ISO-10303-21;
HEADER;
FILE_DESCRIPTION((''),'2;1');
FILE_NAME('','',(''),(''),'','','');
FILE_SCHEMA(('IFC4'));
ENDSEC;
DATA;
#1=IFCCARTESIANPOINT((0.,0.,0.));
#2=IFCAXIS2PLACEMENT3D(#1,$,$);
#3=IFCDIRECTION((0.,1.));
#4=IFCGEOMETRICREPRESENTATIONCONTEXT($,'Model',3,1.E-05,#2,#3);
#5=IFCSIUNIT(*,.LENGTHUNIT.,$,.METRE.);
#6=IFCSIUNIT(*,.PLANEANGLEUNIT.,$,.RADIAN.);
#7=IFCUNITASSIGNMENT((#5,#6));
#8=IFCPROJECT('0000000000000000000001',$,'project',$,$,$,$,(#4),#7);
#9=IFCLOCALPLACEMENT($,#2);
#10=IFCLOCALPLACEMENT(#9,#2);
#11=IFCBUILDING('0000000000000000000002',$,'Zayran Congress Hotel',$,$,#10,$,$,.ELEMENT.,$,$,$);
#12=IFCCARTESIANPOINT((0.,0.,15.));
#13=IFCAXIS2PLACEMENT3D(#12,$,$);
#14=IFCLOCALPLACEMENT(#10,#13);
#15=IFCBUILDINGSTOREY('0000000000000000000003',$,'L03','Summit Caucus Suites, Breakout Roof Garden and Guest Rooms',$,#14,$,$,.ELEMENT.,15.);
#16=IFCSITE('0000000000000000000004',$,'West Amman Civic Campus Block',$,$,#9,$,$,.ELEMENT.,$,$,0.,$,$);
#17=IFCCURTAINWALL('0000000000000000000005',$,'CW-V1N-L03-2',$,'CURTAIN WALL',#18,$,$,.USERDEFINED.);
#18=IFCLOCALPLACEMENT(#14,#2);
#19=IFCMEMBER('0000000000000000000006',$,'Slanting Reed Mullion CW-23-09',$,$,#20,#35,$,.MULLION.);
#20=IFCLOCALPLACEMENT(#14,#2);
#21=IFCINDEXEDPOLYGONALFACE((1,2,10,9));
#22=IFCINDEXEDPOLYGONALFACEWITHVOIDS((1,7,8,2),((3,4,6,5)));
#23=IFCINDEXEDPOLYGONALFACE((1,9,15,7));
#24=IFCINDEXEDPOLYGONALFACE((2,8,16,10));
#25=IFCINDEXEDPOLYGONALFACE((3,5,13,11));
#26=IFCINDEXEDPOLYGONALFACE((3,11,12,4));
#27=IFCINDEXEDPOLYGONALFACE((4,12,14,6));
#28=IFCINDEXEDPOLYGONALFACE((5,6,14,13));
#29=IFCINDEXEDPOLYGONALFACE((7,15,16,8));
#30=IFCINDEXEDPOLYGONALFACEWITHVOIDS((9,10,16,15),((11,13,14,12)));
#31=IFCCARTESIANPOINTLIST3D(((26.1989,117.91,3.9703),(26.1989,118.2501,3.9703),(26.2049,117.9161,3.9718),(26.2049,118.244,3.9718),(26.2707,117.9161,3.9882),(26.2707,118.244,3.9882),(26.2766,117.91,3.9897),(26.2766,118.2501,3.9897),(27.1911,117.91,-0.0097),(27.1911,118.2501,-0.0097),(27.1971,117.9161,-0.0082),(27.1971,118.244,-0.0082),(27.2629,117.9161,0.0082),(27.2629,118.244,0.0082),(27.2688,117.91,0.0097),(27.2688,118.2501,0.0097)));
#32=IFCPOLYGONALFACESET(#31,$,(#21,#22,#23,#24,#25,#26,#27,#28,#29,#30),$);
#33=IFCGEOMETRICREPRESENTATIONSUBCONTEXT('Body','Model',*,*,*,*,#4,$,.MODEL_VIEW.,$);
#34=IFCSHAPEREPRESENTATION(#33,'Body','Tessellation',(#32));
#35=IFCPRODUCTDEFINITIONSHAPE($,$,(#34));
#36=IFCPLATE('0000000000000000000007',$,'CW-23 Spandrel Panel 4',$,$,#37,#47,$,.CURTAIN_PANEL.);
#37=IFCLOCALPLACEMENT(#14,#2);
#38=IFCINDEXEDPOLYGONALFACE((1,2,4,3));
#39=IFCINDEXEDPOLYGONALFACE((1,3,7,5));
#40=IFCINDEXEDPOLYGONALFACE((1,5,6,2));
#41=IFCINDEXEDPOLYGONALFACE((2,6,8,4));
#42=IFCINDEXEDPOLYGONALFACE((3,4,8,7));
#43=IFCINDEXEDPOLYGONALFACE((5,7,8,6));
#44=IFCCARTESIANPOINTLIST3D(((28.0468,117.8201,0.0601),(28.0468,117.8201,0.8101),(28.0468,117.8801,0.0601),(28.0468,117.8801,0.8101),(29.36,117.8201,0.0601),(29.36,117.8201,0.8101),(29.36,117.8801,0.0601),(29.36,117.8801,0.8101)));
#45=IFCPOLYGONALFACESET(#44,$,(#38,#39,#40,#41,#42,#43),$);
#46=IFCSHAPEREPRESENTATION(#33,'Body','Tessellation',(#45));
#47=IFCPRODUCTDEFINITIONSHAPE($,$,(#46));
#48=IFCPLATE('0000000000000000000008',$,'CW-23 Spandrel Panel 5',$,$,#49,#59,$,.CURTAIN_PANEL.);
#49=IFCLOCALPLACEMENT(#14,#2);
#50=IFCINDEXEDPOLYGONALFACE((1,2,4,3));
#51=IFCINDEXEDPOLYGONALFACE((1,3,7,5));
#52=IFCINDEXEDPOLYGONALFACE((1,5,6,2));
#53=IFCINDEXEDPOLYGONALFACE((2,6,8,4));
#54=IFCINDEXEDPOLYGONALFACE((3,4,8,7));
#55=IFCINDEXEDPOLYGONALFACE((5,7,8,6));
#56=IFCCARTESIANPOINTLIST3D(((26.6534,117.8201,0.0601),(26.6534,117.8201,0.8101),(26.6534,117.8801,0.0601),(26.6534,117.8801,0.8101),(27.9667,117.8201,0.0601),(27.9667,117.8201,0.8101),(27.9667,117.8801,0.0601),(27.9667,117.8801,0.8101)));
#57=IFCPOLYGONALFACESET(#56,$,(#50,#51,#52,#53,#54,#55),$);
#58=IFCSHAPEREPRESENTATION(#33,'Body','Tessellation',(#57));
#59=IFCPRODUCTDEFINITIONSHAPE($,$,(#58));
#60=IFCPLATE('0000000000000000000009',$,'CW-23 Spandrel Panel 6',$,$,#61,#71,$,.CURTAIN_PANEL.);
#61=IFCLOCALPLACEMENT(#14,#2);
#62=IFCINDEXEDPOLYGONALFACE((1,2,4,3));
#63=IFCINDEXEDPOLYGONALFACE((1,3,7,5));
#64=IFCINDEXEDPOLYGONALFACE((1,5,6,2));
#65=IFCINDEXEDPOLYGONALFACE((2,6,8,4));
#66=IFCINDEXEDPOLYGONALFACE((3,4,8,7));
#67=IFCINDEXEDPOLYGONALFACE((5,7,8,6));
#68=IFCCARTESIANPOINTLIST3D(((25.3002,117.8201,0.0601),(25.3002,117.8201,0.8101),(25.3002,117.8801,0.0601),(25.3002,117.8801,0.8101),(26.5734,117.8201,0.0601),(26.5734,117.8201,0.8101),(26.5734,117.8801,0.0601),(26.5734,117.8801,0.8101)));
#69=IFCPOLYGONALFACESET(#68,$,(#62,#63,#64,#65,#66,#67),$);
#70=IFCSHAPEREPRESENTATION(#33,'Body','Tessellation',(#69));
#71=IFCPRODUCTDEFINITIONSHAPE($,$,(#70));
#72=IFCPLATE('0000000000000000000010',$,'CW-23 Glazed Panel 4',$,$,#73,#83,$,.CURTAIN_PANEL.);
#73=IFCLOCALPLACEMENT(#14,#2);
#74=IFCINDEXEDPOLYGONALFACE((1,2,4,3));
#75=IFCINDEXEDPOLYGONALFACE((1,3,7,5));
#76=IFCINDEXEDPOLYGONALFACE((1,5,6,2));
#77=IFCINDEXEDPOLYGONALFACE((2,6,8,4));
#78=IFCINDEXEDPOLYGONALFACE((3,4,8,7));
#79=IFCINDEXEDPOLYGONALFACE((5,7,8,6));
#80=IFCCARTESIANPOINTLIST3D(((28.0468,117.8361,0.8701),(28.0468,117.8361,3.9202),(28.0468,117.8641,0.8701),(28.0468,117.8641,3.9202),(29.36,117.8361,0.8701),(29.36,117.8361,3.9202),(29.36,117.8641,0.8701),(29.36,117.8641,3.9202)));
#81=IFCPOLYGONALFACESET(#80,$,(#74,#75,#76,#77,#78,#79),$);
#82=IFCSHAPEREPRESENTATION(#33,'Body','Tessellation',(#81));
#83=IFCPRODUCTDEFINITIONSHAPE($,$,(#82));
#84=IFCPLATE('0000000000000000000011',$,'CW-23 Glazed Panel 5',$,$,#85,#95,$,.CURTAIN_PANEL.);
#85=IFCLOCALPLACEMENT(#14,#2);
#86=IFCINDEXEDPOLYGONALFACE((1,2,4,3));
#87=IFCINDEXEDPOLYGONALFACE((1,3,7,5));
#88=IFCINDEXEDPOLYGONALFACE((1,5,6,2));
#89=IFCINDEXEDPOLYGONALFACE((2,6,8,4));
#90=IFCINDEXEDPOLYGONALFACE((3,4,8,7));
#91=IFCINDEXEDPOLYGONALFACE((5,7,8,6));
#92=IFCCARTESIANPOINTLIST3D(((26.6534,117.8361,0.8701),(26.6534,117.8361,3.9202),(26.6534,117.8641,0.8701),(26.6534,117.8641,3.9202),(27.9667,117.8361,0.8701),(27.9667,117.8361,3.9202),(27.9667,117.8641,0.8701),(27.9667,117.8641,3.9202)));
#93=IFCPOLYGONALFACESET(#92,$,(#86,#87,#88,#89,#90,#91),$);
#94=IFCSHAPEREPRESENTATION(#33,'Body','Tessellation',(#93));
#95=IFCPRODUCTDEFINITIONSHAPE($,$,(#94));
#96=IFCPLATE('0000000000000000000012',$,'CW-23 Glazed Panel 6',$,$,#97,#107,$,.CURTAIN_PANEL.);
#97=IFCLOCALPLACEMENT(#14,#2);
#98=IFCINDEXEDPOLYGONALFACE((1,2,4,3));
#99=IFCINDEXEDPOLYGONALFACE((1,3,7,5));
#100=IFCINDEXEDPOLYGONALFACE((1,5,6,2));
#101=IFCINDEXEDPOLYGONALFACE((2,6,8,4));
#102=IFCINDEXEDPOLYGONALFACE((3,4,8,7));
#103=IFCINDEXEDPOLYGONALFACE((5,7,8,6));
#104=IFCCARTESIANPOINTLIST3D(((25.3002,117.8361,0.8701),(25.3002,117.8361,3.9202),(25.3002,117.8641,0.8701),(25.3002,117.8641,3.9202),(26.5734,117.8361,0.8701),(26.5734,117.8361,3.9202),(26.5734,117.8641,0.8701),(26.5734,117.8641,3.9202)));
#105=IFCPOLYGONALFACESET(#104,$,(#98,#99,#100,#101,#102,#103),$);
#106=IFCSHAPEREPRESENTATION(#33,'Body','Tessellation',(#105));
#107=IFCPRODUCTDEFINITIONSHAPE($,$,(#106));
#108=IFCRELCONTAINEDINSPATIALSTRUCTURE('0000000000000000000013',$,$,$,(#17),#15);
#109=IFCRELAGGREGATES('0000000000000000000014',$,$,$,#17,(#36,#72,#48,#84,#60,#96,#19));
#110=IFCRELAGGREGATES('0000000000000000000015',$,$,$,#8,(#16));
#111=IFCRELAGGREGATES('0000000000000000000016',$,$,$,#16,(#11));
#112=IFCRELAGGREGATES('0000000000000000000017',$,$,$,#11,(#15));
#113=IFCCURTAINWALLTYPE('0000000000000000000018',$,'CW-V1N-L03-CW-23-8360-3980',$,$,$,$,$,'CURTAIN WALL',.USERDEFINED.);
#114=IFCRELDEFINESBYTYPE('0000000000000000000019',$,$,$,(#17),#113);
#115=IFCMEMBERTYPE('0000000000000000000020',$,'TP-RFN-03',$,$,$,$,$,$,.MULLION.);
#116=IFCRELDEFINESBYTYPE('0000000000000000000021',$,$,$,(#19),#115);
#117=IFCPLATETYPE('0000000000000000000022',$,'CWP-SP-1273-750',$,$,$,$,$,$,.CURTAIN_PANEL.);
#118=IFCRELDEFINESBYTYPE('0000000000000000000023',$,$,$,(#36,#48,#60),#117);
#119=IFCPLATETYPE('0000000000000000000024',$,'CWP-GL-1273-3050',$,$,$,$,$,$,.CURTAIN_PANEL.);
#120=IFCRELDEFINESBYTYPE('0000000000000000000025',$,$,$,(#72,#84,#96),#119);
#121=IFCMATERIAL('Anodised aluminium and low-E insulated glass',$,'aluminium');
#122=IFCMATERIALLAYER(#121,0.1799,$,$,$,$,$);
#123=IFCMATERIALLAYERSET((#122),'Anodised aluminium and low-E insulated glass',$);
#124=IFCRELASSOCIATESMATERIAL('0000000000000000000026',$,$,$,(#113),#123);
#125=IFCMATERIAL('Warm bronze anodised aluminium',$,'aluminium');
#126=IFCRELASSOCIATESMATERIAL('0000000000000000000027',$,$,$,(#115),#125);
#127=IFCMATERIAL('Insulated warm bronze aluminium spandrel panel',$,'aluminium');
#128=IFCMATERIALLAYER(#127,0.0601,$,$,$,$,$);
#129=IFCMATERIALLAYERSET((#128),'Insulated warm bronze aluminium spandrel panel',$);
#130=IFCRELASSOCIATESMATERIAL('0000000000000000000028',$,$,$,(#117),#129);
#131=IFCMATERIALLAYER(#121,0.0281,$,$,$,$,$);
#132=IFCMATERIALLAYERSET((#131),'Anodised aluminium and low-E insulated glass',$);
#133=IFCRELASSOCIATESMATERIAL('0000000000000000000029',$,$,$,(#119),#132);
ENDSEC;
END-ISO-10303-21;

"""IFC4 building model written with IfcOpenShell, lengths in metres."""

from ifc_helpers import new_model, si_unit, direction, frame, origin, origin_2d, place, context, subcontext, project, spatial, rectangle, hollow_rectangle, extrude, material, layer, layer_set, material_profile, profile_set, type_object, element, aggregate, save


model = new_model("IFC4")

# Units and contexts
model_context = context("Model", 3, precision=1e-05, world=origin(), true_north=direction((0.0, 1.0)))
body_context = subcontext(model_context, "Body", "Model", "MODEL_VIEW")
ifc_project = project(units=[si_unit("LENGTHUNIT", "METRE"), si_unit("PLANEANGLEUNIT", "RADIAN")], contexts=[model_context])

# Site, building, storey
site_placement = place(None, origin())
site = spatial("IfcSite", under=ifc_project, at=site_placement, Name="West Amman Civic Campus Block", CompositionType="ELEMENT", RefElevation=0.0)
building_placement = place(site_placement, origin())
building = spatial("IfcBuilding", under=site, at=building_placement, Name="Zayran Congress Hotel", CompositionType="ELEMENT")
storey_placement = place(building_placement, frame((0.0, 0.0, 15.0)))
storey = spatial("IfcBuildingStorey", under=building, at=storey_placement, Name="L03", Description="Summit Caucus Suites, Breakout Roof Garden and Guest Rooms", CompositionType="ELEMENT", Elevation=15.0)

# Shared definitions
ifc_material_1 = material(Name="Anodised aluminium and low-E insulated glass", Category="aluminium")

# Curtain wall
ifc_layer_1 = layer(ifc_material_1, 0.1799)
ifc_layer_set_1 = layer_set([ifc_layer_1], Name="Anodised aluminium and low-E insulated glass")
curtain_wall_type_1 = type_object("IfcCurtainWallType", Name="CW-V1N-L03-CW-23-8360-3980", ElementType="CURTAIN WALL", PredefinedType="USERDEFINED", material=ifc_layer_set_1)
curtain_wall_1_placement = place(storey_placement, origin())
curtain_wall_1 = element("IfcCurtainWall", 1, at=curtain_wall_1_placement, inside=storey, type_object=curtain_wall_type_1, Name="CW-V1N-L03-2", ObjectType="CURTAIN WALL", PredefinedType="USERDEFINED")

# Member
ifc_material_2 = material(Name="Warm bronze anodised aluminium", Category="aluminium")
ifc_material_profile_1 = material_profile(ifc_material_2, hollow_rectangle(XDim=0.0801, YDim=0.3401, WallThickness=0.0061, at=origin_2d()), Name="RHS 340x80x6")
ifc_profile_set_1 = profile_set([ifc_material_profile_1], Name="Warm bronze anodised aluminium")
member_type_1 = type_object("IfcMemberType", Name="TP-RFN-03", PredefinedType="MULLION", material=ifc_profile_set_1)
member_1_placement = place(storey_placement, frame((27.23, 118.0801, 0.0), z_axis=(-0.241891, 0.0, 0.970303), x_axis=(0.970303, 0.0, 0.241891)))
member_1 = element("IfcMember", 2, at=member_1_placement, type_object=member_type_1, Name="Slanting Reed Mullion CW-23-09", PredefinedType="MULLION", context=body_context, shape_type="SweptSolid", body=[
    extrude(hollow_rectangle(XDim=0.0801, YDim=0.3401, WallThickness=0.0061, at=origin_2d()), origin(), (0.0, 0.0, 1.0), 4.1018),
])

# Plates
ifc_material_3 = material(Name="Insulated warm bronze aluminium spandrel panel", Category="aluminium")
ifc_layer_2 = layer(ifc_material_3, 0.0601)
ifc_layer_set_2 = layer_set([ifc_layer_2], Name="Insulated warm bronze aluminium spandrel panel")
plate_type_1 = type_object("IfcPlateType", Name="CWP-SP-1273-750", PredefinedType="CURTAIN_PANEL", material=ifc_layer_set_2)
plate_1_placement = place(storey_placement, frame((28.7034, 117.8501, 0.0601), z_axis=(0.0, 0.0, 1.0), x_axis=(1.0, 0.0, 0.0)))
plate_1 = element("IfcPlate", 3, at=plate_1_placement, type_object=plate_type_1, Name="CW-23 Spandrel Panel 4", PredefinedType="CURTAIN_PANEL", context=body_context, shape_type="SweptSolid", body=[
    extrude(rectangle(XDim=1.3132, YDim=0.0601, at=origin_2d()), origin(), (0.0, 0.0, 1.0), 0.75),
])
plate_2_placement = place(storey_placement, frame((27.3101, 117.8501, 0.0601), z_axis=(0.0, 0.0, 1.0), x_axis=(1.0, 0.0, 0.0)))
plate_2 = element("IfcPlate", 4, at=plate_2_placement, type_object=plate_type_1, Name="CW-23 Spandrel Panel 5", PredefinedType="CURTAIN_PANEL", context=body_context, shape_type="SweptSolid", body=[
    extrude(rectangle(XDim=1.3132, YDim=0.0601, at=origin_2d()), origin(), (0.0, 0.0, 1.0), 0.75),
])
plate_3_placement = place(storey_placement, frame((25.9368, 117.8501, 0.0601), z_axis=(0.0, 0.0, 1.0), x_axis=(1.0, 0.0, 0.0)))
plate_3 = element("IfcPlate", 5, at=plate_3_placement, type_object=plate_type_1, Name="CW-23 Spandrel Panel 6", PredefinedType="CURTAIN_PANEL", context=body_context, shape_type="SweptSolid", body=[
    extrude(rectangle(XDim=1.2732, YDim=0.0601, at=origin_2d()), origin(), (0.0, 0.0, 1.0), 0.75),
])
ifc_layer_3 = layer(ifc_material_1, 0.0281)
ifc_layer_set_3 = layer_set([ifc_layer_3], Name="Anodised aluminium and low-E insulated glass")
plate_type_2 = type_object("IfcPlateType", Name="CWP-GL-1273-3050", PredefinedType="CURTAIN_PANEL", material=ifc_layer_set_3)
plate_4_placement = place(storey_placement, frame((28.7034, 117.8501, 0.8701), z_axis=(0.0, 0.0, 1.0), x_axis=(1.0, 0.0, 0.0)))
plate_4 = element("IfcPlate", 6, at=plate_4_placement, type_object=plate_type_2, Name="CW-23 Glazed Panel 4", PredefinedType="CURTAIN_PANEL", context=body_context, shape_type="SweptSolid", body=[
    extrude(rectangle(XDim=1.3132, YDim=0.0281, at=origin_2d()), origin(), (0.0, 0.0, 1.0), 3.05),
])
plate_5_placement = place(storey_placement, frame((27.3101, 117.8501, 0.8701), z_axis=(0.0, 0.0, 1.0), x_axis=(1.0, 0.0, 0.0)))
plate_5 = element("IfcPlate", 7, at=plate_5_placement, type_object=plate_type_2, Name="CW-23 Glazed Panel 5", PredefinedType="CURTAIN_PANEL", context=body_context, shape_type="SweptSolid", body=[
    extrude(rectangle(XDim=1.3132, YDim=0.0281, at=origin_2d()), origin(), (0.0, 0.0, 1.0), 3.05),
])
plate_6_placement = place(storey_placement, frame((25.9368, 117.8501, 0.8701), z_axis=(0.0, 0.0, 1.0), x_axis=(1.0, 0.0, 0.0)))
plate_6 = element("IfcPlate", 8, at=plate_6_placement, type_object=plate_type_2, Name="CW-23 Glazed Panel 6", PredefinedType="CURTAIN_PANEL", context=body_context, shape_type="SweptSolid", body=[
    extrude(rectangle(XDim=1.2732, YDim=0.0281, at=origin_2d()), origin(), (0.0, 0.0, 1.0), 3.05),
])
aggregate(curtain_wall_1, [plate_1, plate_4, plate_2, plate_5, plate_3, plate_6, member_1])

save(model, "model.ifc")
